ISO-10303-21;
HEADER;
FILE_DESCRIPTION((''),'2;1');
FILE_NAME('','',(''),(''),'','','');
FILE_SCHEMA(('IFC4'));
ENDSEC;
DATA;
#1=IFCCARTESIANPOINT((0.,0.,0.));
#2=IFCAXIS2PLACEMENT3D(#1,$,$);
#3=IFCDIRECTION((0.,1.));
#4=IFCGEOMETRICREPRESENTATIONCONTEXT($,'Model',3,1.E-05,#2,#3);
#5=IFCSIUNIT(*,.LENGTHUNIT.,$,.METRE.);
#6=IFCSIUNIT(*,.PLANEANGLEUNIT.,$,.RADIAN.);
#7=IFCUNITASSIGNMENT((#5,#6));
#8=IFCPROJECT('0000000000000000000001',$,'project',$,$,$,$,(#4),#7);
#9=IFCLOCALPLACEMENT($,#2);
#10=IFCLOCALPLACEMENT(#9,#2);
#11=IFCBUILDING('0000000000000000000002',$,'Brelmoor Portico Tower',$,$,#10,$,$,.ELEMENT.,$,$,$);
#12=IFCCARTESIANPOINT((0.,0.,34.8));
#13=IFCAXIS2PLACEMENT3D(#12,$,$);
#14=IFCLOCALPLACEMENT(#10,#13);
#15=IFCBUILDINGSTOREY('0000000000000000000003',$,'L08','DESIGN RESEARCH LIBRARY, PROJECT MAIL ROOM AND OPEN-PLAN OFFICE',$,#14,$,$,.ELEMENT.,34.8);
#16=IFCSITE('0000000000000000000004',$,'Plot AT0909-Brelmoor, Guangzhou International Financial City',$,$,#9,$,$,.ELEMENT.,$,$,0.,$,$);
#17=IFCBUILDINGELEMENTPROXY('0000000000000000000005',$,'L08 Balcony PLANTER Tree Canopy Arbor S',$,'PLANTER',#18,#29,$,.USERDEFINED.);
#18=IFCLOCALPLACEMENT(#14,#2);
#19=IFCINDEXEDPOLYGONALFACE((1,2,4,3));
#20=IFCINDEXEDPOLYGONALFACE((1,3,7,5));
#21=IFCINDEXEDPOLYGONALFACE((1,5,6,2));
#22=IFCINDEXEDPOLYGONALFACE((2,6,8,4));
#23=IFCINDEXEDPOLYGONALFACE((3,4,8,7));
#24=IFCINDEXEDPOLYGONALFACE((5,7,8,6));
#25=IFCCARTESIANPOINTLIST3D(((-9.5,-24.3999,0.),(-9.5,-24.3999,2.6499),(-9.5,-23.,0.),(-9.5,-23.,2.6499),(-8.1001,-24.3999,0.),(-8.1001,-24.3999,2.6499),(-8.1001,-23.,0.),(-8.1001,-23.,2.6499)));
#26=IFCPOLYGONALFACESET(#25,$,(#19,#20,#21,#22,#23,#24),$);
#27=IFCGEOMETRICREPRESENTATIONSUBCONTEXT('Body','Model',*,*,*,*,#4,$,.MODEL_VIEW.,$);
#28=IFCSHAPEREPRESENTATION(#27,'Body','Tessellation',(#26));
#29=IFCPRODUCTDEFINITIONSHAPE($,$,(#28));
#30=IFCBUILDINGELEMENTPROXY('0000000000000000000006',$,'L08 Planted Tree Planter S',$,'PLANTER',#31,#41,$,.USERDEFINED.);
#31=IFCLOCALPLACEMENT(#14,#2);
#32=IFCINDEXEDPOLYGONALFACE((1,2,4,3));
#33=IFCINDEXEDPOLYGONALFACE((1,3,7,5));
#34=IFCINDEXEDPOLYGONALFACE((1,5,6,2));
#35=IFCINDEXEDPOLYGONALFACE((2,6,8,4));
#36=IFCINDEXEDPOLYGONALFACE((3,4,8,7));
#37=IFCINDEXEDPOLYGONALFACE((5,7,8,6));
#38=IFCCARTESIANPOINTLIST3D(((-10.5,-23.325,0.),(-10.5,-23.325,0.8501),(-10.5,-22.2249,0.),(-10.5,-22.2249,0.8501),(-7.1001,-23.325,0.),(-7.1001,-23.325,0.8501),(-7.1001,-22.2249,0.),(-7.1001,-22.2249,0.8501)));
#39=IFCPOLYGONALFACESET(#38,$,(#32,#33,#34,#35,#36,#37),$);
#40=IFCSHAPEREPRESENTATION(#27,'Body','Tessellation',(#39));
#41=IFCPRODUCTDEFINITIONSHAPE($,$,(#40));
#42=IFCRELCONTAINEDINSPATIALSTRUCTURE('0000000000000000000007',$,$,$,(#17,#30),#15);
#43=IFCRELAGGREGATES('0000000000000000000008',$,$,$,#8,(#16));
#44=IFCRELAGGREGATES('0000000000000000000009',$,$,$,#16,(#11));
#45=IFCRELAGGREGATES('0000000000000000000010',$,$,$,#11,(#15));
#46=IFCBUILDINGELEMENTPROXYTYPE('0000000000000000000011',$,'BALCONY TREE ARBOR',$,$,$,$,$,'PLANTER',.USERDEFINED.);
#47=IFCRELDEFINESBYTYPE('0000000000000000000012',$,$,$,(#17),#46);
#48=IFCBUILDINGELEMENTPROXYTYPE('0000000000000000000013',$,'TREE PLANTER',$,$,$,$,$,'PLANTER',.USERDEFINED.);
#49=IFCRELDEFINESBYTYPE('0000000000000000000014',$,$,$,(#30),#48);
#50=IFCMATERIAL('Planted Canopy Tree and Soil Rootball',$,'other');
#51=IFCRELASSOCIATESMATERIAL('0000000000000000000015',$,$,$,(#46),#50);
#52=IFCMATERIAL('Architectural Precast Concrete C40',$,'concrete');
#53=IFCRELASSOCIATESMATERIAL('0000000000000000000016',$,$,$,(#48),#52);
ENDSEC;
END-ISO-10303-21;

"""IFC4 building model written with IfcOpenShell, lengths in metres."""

from ifc_helpers import new_model, si_unit, direction, frame, origin, origin_2d, place, context, subcontext, project, spatial, rectangle, extrude, material, type_object, element, save


model = new_model("IFC4")

# Units and contexts
model_context = context("Model", 3, precision=1e-05, world=origin(), true_north=direction((0.0, 1.0)))
body_context = subcontext(model_context, "Body", "Model", "MODEL_VIEW")
ifc_project = project(units=[si_unit("LENGTHUNIT", "METRE"), si_unit("PLANEANGLEUNIT", "RADIAN")], contexts=[model_context])

# Site, building, storey
site_placement = place(None, origin())
site = spatial("IfcSite", under=ifc_project, at=site_placement, Name="Plot AT0909-Brelmoor, Guangzhou International Financial City", CompositionType="ELEMENT", RefElevation=0.0)
building_placement = place(site_placement, origin())
building = spatial("IfcBuilding", under=site, at=building_placement, Name="Brelmoor Portico Tower", CompositionType="ELEMENT")
storey_placement = place(building_placement, frame((0.0, 0.0, 34.8)))
storey = spatial("IfcBuildingStorey", under=building, at=storey_placement, Name="L08", Description="DESIGN RESEARCH LIBRARY, PROJECT MAIL ROOM AND OPEN-PLAN OFFICE", CompositionType="ELEMENT", Elevation=34.8)

# Building element proxies
ifc_material_1 = material(Name="Planted Canopy Tree and Soil Rootball", Category="other")
building_element_proxy_type_1 = type_object("IfcBuildingElementProxyType", Name="BALCONY TREE ARBOR", ElementType="PLANTER", PredefinedType="USERDEFINED", material=ifc_material_1)
proxy_1_placement = place(storey_placement, frame((-8.8, -23.7, 0.0), z_axis=(0.0, 0.0, 1.0), x_axis=(1.0, 0.0, 0.0)))
element("IfcBuildingElementProxy", 1, at=proxy_1_placement, inside=storey, type_object=building_element_proxy_type_1, Name="L08 Balcony PLANTER Tree Canopy Arbor S", ObjectType="PLANTER", PredefinedType="USERDEFINED", context=body_context, shape_type="SweptSolid", body=[
    extrude(rectangle(XDim=1.3999, YDim=1.3999, at=origin_2d()), origin(), (0.0, 0.0, 1.0), 2.6499),
])
ifc_material_2 = material(Name="Architectural Precast Concrete C40", Category="concrete")
building_element_proxy_type_2 = type_object("IfcBuildingElementProxyType", Name="TREE PLANTER", ElementType="PLANTER", PredefinedType="USERDEFINED", material=ifc_material_2)
proxy_2_placement = place(storey_placement, frame((-8.8, -22.7749, 0.0), z_axis=(0.0, 0.0, 1.0), x_axis=(1.0, 0.0, 0.0)))
element("IfcBuildingElementProxy", 2, at=proxy_2_placement, inside=storey, type_object=building_element_proxy_type_2, Name="L08 Planted Tree Planter S", ObjectType="PLANTER", PredefinedType="USERDEFINED", context=body_context, shape_type="SweptSolid", body=[
    extrude(rectangle(XDim=3.3999, YDim=1.1001, at=origin_2d()), origin(), (0.0, 0.0, 1.0), 0.8501),
])

save(model, "model.ifc")
